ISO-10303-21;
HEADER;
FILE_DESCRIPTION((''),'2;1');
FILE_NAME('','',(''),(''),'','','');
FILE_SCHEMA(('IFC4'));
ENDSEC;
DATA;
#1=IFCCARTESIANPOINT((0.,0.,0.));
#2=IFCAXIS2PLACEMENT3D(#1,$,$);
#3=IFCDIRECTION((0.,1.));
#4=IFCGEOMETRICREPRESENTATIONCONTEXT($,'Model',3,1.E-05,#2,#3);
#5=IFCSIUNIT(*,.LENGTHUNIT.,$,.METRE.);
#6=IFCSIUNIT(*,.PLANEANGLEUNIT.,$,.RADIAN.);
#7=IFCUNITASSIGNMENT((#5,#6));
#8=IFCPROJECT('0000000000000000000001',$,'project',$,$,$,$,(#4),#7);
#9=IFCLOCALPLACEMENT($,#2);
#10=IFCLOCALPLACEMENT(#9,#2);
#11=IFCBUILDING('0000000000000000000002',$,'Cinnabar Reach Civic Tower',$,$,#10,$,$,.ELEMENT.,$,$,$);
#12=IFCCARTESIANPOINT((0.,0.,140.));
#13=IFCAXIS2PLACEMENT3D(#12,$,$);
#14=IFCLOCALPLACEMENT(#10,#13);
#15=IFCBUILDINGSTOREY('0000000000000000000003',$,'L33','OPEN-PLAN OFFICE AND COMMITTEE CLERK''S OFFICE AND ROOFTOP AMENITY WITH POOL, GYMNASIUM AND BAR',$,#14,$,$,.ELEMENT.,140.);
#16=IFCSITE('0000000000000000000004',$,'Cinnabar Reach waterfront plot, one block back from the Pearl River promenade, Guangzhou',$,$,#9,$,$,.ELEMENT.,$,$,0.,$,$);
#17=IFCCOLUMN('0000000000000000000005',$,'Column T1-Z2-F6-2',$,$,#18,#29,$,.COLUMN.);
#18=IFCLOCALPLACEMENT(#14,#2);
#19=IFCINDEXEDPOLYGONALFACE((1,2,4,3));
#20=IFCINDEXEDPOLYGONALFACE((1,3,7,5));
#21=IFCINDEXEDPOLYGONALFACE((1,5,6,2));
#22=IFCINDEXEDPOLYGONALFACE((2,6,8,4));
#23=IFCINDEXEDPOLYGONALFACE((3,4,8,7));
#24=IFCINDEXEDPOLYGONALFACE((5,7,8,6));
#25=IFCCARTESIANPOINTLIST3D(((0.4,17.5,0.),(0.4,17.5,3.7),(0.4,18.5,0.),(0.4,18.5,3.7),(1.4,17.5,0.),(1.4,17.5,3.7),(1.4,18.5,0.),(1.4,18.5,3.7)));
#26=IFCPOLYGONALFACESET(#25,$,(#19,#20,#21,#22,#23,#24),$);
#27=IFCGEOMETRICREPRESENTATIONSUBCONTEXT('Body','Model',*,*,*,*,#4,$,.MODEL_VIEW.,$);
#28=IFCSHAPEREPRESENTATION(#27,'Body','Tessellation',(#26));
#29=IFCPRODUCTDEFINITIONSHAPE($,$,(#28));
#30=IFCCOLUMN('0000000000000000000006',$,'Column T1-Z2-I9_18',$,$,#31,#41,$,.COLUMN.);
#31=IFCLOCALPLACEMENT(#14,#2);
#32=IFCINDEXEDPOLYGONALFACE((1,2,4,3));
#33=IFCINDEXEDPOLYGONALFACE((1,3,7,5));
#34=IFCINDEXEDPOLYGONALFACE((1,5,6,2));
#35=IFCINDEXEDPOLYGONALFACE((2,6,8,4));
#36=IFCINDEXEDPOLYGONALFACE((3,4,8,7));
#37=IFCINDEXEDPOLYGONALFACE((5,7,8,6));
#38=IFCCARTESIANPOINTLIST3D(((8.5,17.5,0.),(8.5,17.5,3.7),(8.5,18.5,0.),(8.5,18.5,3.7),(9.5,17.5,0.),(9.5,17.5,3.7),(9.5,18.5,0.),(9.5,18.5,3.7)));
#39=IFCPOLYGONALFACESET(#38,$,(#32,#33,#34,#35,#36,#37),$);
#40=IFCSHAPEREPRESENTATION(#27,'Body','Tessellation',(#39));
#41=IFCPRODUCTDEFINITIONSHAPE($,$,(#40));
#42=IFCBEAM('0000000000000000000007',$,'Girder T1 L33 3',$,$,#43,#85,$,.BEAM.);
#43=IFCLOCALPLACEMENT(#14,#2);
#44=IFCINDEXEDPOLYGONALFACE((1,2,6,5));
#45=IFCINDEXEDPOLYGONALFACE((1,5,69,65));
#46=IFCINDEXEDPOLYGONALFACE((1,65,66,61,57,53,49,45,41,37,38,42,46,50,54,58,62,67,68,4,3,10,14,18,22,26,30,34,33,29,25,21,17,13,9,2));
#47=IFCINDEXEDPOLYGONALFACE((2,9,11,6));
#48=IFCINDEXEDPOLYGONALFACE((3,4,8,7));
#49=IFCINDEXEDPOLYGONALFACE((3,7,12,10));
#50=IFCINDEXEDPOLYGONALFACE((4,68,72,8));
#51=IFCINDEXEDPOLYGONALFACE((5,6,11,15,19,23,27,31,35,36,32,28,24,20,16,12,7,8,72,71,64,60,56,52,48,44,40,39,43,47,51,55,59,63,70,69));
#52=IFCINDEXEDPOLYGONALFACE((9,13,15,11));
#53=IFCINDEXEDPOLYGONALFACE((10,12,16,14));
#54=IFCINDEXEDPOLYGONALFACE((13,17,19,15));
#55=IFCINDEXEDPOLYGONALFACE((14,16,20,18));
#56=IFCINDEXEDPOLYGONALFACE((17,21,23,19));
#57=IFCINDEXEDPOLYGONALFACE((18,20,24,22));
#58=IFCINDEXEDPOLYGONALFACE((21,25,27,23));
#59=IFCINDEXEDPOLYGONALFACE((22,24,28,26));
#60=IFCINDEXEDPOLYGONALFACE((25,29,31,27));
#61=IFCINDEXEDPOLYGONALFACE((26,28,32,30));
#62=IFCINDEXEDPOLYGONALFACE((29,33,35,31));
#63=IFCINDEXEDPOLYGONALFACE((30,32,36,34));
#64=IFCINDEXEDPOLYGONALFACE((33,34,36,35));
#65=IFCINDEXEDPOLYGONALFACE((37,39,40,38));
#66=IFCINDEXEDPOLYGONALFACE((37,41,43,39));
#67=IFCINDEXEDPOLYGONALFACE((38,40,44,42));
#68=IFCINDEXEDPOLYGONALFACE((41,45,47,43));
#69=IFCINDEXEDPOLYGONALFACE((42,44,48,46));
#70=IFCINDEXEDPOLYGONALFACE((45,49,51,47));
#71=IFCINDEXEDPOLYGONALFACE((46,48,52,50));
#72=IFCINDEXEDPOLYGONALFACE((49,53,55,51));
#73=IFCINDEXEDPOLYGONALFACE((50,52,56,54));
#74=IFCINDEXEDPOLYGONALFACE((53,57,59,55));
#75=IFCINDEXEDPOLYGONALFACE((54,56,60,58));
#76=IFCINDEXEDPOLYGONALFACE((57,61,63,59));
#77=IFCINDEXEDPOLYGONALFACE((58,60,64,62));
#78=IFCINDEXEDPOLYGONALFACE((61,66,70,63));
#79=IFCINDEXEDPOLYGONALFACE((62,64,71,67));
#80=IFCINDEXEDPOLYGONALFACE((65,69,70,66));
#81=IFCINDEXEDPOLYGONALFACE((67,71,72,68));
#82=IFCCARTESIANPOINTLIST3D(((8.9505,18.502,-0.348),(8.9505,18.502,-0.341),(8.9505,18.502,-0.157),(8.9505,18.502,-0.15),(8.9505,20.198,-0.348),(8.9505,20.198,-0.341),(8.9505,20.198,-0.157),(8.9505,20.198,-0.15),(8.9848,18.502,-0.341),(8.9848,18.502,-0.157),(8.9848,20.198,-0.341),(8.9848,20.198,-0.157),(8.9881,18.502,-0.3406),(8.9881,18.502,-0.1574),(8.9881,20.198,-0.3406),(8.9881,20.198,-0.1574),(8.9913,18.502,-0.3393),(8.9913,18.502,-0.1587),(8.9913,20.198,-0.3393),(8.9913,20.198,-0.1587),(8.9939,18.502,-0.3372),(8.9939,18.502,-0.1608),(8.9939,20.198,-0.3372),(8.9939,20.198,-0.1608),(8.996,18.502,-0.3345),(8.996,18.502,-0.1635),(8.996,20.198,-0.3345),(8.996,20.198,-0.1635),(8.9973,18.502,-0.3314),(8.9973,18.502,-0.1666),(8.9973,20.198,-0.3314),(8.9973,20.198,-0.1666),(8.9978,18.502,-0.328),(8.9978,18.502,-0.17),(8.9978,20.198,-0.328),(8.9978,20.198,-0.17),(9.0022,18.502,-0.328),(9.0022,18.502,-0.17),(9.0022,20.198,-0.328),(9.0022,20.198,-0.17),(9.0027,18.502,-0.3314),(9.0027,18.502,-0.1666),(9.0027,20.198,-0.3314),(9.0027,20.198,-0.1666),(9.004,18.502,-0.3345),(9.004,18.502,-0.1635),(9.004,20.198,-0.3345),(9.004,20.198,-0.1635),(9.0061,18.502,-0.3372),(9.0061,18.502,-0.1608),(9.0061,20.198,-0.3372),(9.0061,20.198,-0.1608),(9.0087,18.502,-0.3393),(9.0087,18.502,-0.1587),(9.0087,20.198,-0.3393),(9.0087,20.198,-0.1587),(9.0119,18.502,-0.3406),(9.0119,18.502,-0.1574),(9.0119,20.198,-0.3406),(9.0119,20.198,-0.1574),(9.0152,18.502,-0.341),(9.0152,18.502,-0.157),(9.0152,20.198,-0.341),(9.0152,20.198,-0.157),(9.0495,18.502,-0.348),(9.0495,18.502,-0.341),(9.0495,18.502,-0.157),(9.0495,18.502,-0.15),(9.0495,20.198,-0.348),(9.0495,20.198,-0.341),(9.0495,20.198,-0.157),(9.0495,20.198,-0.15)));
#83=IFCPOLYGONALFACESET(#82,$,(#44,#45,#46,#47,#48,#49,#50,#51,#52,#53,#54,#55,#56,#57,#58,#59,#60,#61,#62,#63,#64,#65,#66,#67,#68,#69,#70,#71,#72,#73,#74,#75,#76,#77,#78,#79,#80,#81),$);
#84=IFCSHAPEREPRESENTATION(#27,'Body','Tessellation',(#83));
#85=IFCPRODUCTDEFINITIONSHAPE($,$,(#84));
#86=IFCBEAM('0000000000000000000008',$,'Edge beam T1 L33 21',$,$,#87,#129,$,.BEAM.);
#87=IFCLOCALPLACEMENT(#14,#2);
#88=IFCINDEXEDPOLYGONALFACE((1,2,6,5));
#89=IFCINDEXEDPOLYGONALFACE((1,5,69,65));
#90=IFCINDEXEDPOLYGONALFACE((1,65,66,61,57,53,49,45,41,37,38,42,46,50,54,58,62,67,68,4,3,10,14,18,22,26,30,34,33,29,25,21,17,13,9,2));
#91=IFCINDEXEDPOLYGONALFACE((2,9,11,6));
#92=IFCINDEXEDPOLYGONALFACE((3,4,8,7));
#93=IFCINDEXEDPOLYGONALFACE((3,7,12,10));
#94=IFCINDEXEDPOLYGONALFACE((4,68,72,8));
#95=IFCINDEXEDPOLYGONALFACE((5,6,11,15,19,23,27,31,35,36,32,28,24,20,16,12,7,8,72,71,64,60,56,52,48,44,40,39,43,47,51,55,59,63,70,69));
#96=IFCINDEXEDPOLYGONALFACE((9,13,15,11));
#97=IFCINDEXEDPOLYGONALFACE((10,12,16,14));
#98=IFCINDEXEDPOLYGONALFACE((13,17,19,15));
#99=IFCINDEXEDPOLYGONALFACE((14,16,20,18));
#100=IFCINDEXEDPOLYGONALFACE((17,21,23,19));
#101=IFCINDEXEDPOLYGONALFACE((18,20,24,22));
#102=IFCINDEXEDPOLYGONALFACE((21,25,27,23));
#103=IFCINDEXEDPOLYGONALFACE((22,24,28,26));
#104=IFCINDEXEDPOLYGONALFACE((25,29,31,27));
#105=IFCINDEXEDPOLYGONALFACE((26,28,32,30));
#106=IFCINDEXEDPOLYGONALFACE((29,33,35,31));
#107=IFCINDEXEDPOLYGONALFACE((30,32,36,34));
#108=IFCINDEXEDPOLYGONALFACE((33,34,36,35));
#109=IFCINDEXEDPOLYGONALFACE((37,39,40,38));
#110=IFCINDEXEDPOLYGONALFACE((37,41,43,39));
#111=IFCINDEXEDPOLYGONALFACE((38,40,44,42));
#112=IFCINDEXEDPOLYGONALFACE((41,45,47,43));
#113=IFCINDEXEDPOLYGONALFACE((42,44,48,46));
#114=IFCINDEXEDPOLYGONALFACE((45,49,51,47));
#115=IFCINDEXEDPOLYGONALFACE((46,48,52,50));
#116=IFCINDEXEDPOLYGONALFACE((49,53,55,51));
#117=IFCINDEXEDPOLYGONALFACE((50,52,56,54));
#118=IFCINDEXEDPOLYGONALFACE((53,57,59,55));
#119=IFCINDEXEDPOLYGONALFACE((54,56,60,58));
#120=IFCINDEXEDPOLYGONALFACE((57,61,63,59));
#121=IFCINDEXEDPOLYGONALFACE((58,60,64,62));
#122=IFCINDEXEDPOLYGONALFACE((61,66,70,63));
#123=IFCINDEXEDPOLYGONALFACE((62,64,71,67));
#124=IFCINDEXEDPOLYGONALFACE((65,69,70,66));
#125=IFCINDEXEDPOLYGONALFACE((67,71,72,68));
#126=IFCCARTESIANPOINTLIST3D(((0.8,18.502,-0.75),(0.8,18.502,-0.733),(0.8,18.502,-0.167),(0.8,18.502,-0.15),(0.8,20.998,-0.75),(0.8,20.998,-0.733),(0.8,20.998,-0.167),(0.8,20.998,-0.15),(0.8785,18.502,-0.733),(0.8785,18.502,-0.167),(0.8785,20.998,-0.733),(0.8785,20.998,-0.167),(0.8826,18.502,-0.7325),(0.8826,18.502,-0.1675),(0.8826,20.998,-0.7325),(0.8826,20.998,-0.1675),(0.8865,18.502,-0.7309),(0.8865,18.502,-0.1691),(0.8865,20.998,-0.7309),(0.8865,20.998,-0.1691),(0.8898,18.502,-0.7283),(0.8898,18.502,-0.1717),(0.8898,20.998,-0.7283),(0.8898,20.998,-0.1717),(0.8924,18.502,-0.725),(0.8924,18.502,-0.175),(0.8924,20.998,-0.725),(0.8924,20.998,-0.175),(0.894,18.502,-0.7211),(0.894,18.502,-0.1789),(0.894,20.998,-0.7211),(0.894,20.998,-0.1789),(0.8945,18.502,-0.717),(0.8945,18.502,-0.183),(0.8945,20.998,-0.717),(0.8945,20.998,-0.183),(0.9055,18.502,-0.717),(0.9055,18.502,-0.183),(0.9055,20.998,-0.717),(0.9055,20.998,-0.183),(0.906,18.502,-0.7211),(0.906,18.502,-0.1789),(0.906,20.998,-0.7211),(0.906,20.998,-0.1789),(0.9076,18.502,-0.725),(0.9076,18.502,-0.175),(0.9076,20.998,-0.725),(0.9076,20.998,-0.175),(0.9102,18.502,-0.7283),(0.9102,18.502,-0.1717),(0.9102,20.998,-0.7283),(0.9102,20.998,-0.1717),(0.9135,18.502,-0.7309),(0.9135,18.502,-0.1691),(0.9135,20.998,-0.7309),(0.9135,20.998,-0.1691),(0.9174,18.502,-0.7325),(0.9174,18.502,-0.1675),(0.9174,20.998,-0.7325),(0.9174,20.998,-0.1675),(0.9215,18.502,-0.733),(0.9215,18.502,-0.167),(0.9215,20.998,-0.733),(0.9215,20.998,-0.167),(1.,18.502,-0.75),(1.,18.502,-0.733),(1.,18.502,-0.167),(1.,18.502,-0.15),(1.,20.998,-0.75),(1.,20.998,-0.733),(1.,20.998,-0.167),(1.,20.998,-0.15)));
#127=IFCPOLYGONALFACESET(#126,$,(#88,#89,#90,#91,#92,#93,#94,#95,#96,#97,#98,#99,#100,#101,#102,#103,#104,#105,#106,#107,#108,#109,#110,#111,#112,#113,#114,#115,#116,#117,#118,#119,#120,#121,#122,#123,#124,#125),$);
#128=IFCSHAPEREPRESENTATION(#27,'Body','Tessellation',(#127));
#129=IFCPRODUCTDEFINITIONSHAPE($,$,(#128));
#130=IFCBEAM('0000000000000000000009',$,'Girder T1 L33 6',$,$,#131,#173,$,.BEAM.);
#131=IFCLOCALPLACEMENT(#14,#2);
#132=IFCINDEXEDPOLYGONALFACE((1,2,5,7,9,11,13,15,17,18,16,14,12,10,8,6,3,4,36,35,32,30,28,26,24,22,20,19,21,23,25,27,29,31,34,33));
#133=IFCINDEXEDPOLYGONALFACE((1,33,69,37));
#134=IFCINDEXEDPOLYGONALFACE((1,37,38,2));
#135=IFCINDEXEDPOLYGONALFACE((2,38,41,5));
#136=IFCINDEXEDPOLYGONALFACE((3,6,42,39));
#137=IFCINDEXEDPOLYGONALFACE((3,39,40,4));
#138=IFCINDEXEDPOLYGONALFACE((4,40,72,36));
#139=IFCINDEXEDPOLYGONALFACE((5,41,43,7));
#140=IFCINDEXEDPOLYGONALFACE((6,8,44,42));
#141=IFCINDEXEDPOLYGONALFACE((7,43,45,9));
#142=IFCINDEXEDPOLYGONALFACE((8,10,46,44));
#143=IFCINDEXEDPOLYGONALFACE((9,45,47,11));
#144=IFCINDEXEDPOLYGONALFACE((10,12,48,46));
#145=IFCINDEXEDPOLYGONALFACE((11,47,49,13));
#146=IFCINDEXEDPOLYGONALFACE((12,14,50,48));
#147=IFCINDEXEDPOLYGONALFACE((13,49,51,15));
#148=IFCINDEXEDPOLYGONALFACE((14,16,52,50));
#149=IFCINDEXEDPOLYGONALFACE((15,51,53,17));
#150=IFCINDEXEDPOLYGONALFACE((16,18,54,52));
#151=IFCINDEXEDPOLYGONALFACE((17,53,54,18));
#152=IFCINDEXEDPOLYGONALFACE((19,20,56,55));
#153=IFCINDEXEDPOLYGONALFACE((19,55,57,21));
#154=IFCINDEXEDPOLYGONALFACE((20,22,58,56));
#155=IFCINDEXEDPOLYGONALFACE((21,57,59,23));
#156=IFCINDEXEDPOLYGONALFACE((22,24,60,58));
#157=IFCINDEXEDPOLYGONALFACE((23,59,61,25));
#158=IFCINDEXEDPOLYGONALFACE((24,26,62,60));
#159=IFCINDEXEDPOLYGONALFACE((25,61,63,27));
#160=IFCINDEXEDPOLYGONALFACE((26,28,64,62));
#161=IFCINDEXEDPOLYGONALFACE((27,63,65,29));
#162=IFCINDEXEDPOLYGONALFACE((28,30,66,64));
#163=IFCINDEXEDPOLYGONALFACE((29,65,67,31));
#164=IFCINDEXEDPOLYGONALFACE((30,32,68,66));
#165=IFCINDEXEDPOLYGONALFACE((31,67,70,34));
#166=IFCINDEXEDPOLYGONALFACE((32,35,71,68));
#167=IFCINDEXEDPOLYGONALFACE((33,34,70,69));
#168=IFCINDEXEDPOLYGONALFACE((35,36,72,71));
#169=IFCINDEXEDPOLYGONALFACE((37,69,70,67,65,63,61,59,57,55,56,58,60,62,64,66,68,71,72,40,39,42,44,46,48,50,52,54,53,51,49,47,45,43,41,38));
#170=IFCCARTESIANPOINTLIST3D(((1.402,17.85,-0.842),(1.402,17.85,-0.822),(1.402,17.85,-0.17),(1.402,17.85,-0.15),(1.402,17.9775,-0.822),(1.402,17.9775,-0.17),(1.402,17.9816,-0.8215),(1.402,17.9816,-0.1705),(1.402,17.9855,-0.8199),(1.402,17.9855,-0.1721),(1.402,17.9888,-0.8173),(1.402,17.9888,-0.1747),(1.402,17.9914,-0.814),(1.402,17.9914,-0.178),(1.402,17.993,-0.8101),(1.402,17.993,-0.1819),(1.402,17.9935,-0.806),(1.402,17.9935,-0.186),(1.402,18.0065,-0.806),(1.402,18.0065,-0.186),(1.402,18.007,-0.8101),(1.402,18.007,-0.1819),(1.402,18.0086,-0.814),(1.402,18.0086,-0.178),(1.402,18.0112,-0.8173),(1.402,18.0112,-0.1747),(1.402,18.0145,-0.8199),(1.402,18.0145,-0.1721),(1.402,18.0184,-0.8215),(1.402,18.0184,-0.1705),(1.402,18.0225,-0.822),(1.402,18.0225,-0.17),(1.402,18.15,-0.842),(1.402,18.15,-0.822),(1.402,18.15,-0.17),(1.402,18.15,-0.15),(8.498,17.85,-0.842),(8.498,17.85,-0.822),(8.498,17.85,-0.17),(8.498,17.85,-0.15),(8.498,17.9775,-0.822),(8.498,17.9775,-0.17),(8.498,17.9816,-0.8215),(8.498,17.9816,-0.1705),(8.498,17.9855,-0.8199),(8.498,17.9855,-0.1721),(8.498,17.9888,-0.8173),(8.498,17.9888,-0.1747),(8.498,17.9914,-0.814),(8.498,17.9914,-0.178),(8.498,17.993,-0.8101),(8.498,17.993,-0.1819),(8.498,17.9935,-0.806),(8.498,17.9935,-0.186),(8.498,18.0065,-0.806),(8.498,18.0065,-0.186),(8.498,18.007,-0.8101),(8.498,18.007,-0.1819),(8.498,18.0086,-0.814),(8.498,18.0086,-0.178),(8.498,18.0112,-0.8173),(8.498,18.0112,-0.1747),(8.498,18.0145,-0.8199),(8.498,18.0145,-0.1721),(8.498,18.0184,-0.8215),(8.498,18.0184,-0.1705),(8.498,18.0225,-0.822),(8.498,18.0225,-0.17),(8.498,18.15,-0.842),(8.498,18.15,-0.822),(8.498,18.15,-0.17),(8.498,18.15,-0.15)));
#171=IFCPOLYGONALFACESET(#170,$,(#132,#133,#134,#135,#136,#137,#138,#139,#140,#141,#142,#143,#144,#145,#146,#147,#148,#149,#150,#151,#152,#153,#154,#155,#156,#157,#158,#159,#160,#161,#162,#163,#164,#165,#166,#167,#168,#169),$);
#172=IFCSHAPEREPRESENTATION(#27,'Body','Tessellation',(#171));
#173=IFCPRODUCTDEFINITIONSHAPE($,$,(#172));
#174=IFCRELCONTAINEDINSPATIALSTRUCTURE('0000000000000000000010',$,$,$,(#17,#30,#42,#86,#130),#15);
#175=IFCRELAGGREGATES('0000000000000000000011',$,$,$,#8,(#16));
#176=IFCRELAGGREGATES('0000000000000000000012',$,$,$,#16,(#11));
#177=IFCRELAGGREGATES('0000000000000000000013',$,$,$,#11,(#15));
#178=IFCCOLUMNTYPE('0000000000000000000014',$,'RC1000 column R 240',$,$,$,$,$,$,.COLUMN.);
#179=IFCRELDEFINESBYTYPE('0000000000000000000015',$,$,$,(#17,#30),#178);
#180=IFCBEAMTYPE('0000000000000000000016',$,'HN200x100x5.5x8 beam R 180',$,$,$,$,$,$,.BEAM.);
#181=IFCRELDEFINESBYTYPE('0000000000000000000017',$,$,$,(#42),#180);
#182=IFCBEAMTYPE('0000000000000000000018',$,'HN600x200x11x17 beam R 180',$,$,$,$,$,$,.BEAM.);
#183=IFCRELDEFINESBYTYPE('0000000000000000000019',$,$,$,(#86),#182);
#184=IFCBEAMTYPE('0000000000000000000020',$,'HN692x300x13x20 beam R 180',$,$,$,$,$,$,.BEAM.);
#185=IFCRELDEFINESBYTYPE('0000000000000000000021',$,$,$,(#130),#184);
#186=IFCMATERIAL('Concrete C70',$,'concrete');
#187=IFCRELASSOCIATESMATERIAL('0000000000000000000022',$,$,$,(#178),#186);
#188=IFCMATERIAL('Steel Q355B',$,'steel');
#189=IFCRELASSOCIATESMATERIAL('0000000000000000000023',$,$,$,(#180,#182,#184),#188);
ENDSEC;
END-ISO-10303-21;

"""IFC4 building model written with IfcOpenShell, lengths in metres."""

from ifc_helpers import new_model, si_unit, direction, frame, origin, origin_2d, place, context, subcontext, project, spatial, rectangle, i_section, extrude, material, material_profile, profile_set, type_object, element, save


model = new_model("IFC4")

# Units and contexts
model_context = context("Model", 3, precision=1e-05, world=origin(), true_north=direction((0.0, 1.0)))
body_context = subcontext(model_context, "Body", "Model", "MODEL_VIEW")
ifc_project = project(units=[si_unit("LENGTHUNIT", "METRE"), si_unit("PLANEANGLEUNIT", "RADIAN")], contexts=[model_context])

# Site, building, storey
site_placement = place(None, origin())
site = spatial("IfcSite", under=ifc_project, at=site_placement, Name="Cinnabar Reach waterfront plot, one block back from the Pearl River promenade, Guangzhou", CompositionType="ELEMENT", RefElevation=0.0)
building_placement = place(site_placement, origin())
building = spatial("IfcBuilding", under=site, at=building_placement, Name="Cinnabar Reach Civic Tower", CompositionType="ELEMENT")
storey_placement = place(building_placement, frame((0.0, 0.0, 140.0)))
storey = spatial("IfcBuildingStorey", under=building, at=storey_placement, Name="L33", Description="OPEN-PLAN OFFICE AND COMMITTEE CLERK'S OFFICE AND ROOFTOP AMENITY WITH POOL, GYMNASIUM AND BAR", CompositionType="ELEMENT", Elevation=140.0)

# Columns
ifc_material_1 = material(Name="Concrete C70", Category="concrete")
ifc_material_profile_1 = material_profile(ifc_material_1, rectangle(XDim=1.0, YDim=1.0, at=origin_2d()), Name="RC1000")
ifc_profile_set_1 = profile_set([ifc_material_profile_1], Name="Concrete C70")
column_type = type_object("IfcColumnType", Name="RC1000 column R 240", PredefinedType="COLUMN", material=ifc_profile_set_1)
for number, where, z_axis, x_axis, name in (
    (1, (0.9, 18.0, 0.0), (0.0, 0.0, 1.0), (1.0, 0.0, 0.0), "Column T1-Z2-F6-2"),
    (2, (9.0, 18.0, 0.0), (0.0, 0.0, 1.0), (1.0, 0.0, 0.0), "Column T1-Z2-I9_18"),
):
    element("IfcColumn", number, at=place(storey_placement, frame(where, z_axis=z_axis, x_axis=x_axis)), inside=storey, type_object=column_type, Name=name, PredefinedType="COLUMN", context=body_context, shape_type="SweptSolid", body=[
        extrude(rectangle(XDim=1.0, YDim=1.0, at=origin_2d()), origin(), (0.0, 0.0, 1.0), 3.7),
    ])

# Beams
ifc_material_2 = material(Name="Steel Q355B", Category="steel")
ifc_material_profile_2 = material_profile(ifc_material_2, i_section(OverallWidth=0.099, OverallDepth=0.198, WebThickness=0.0045, FlangeThickness=0.007, FilletRadius=0.013, at=origin_2d()), Name="HN200x100x5.5x8")
ifc_profile_set_2 = profile_set([ifc_material_profile_2], Name="Steel Q355B")
beam_type_1 = type_object("IfcBeamType", Name="HN200x100x5.5x8 beam R 180", PredefinedType="BEAM", material=ifc_profile_set_2)
beam_1_placement = place(storey_placement, frame((9.0, 18.502, -0.249), z_axis=(0.0, 1.0, 0.0), x_axis=(-1.0, 0.0, 0.0)))
element("IfcBeam", 3, at=beam_1_placement, inside=storey, type_object=beam_type_1, Name="Girder T1 L33 3", PredefinedType="BEAM", context=body_context, shape_type="SweptSolid", body=[
    extrude(i_section(OverallWidth=0.099, OverallDepth=0.198, WebThickness=0.0045, FlangeThickness=0.007, FilletRadius=0.013, at=origin_2d()), origin(), (0.0, 0.0, 1.0), 1.696),
])
ifc_material_profile_3 = material_profile(ifc_material_2, i_section(OverallWidth=0.2, OverallDepth=0.6, WebThickness=0.011, FlangeThickness=0.017, FilletRadius=0.016, at=origin_2d()), Name="HN600x200x11x17")
ifc_profile_set_3 = profile_set([ifc_material_profile_3], Name="Steel Q355B")
beam_type_2 = type_object("IfcBeamType", Name="HN600x200x11x17 beam R 180", PredefinedType="BEAM", material=ifc_profile_set_3)
beam_2_placement = place(storey_placement, frame((0.9, 20.998, -0.45), z_axis=(0.0, -1.0, 0.0), x_axis=(1.0, 0.0, 0.0)))
element("IfcBeam", 4, at=beam_2_placement, inside=storey, type_object=beam_type_2, Name="Edge beam T1 L33 21", PredefinedType="BEAM", context=body_context, shape_type="SweptSolid", body=[
    extrude(i_section(OverallWidth=0.2, OverallDepth=0.6, WebThickness=0.011, FlangeThickness=0.017, FilletRadius=0.016, at=origin_2d()), origin(), (0.0, 0.0, 1.0), 2.496),
])
ifc_material_profile_4 = material_profile(ifc_material_2, i_section(OverallWidth=0.3, OverallDepth=0.692, WebThickness=0.013, FlangeThickness=0.02, FilletRadius=0.016, at=origin_2d()), Name="HN692x300x13x20")
ifc_profile_set_4 = profile_set([ifc_material_profile_4], Name="Steel Q355B")
beam_type_3 = type_object("IfcBeamType", Name="HN692x300x13x20 beam R 180", PredefinedType="BEAM", material=ifc_profile_set_4)
beam_3_placement = place(storey_placement, frame((1.402, 18.0, -0.496), z_axis=(1.0, 0.0, 0.0), x_axis=(0.0, 1.0, 0.0)))
element("IfcBeam", 5, at=beam_3_placement, inside=storey, type_object=beam_type_3, Name="Girder T1 L33 6", PredefinedType="BEAM", context=body_context, shape_type="SweptSolid", body=[
    extrude(i_section(OverallWidth=0.3, OverallDepth=0.692, WebThickness=0.013, FlangeThickness=0.02, FilletRadius=0.016, at=origin_2d()), origin(), (0.0, 0.0, 1.0), 7.096),
])

save(model, "model.ifc")
